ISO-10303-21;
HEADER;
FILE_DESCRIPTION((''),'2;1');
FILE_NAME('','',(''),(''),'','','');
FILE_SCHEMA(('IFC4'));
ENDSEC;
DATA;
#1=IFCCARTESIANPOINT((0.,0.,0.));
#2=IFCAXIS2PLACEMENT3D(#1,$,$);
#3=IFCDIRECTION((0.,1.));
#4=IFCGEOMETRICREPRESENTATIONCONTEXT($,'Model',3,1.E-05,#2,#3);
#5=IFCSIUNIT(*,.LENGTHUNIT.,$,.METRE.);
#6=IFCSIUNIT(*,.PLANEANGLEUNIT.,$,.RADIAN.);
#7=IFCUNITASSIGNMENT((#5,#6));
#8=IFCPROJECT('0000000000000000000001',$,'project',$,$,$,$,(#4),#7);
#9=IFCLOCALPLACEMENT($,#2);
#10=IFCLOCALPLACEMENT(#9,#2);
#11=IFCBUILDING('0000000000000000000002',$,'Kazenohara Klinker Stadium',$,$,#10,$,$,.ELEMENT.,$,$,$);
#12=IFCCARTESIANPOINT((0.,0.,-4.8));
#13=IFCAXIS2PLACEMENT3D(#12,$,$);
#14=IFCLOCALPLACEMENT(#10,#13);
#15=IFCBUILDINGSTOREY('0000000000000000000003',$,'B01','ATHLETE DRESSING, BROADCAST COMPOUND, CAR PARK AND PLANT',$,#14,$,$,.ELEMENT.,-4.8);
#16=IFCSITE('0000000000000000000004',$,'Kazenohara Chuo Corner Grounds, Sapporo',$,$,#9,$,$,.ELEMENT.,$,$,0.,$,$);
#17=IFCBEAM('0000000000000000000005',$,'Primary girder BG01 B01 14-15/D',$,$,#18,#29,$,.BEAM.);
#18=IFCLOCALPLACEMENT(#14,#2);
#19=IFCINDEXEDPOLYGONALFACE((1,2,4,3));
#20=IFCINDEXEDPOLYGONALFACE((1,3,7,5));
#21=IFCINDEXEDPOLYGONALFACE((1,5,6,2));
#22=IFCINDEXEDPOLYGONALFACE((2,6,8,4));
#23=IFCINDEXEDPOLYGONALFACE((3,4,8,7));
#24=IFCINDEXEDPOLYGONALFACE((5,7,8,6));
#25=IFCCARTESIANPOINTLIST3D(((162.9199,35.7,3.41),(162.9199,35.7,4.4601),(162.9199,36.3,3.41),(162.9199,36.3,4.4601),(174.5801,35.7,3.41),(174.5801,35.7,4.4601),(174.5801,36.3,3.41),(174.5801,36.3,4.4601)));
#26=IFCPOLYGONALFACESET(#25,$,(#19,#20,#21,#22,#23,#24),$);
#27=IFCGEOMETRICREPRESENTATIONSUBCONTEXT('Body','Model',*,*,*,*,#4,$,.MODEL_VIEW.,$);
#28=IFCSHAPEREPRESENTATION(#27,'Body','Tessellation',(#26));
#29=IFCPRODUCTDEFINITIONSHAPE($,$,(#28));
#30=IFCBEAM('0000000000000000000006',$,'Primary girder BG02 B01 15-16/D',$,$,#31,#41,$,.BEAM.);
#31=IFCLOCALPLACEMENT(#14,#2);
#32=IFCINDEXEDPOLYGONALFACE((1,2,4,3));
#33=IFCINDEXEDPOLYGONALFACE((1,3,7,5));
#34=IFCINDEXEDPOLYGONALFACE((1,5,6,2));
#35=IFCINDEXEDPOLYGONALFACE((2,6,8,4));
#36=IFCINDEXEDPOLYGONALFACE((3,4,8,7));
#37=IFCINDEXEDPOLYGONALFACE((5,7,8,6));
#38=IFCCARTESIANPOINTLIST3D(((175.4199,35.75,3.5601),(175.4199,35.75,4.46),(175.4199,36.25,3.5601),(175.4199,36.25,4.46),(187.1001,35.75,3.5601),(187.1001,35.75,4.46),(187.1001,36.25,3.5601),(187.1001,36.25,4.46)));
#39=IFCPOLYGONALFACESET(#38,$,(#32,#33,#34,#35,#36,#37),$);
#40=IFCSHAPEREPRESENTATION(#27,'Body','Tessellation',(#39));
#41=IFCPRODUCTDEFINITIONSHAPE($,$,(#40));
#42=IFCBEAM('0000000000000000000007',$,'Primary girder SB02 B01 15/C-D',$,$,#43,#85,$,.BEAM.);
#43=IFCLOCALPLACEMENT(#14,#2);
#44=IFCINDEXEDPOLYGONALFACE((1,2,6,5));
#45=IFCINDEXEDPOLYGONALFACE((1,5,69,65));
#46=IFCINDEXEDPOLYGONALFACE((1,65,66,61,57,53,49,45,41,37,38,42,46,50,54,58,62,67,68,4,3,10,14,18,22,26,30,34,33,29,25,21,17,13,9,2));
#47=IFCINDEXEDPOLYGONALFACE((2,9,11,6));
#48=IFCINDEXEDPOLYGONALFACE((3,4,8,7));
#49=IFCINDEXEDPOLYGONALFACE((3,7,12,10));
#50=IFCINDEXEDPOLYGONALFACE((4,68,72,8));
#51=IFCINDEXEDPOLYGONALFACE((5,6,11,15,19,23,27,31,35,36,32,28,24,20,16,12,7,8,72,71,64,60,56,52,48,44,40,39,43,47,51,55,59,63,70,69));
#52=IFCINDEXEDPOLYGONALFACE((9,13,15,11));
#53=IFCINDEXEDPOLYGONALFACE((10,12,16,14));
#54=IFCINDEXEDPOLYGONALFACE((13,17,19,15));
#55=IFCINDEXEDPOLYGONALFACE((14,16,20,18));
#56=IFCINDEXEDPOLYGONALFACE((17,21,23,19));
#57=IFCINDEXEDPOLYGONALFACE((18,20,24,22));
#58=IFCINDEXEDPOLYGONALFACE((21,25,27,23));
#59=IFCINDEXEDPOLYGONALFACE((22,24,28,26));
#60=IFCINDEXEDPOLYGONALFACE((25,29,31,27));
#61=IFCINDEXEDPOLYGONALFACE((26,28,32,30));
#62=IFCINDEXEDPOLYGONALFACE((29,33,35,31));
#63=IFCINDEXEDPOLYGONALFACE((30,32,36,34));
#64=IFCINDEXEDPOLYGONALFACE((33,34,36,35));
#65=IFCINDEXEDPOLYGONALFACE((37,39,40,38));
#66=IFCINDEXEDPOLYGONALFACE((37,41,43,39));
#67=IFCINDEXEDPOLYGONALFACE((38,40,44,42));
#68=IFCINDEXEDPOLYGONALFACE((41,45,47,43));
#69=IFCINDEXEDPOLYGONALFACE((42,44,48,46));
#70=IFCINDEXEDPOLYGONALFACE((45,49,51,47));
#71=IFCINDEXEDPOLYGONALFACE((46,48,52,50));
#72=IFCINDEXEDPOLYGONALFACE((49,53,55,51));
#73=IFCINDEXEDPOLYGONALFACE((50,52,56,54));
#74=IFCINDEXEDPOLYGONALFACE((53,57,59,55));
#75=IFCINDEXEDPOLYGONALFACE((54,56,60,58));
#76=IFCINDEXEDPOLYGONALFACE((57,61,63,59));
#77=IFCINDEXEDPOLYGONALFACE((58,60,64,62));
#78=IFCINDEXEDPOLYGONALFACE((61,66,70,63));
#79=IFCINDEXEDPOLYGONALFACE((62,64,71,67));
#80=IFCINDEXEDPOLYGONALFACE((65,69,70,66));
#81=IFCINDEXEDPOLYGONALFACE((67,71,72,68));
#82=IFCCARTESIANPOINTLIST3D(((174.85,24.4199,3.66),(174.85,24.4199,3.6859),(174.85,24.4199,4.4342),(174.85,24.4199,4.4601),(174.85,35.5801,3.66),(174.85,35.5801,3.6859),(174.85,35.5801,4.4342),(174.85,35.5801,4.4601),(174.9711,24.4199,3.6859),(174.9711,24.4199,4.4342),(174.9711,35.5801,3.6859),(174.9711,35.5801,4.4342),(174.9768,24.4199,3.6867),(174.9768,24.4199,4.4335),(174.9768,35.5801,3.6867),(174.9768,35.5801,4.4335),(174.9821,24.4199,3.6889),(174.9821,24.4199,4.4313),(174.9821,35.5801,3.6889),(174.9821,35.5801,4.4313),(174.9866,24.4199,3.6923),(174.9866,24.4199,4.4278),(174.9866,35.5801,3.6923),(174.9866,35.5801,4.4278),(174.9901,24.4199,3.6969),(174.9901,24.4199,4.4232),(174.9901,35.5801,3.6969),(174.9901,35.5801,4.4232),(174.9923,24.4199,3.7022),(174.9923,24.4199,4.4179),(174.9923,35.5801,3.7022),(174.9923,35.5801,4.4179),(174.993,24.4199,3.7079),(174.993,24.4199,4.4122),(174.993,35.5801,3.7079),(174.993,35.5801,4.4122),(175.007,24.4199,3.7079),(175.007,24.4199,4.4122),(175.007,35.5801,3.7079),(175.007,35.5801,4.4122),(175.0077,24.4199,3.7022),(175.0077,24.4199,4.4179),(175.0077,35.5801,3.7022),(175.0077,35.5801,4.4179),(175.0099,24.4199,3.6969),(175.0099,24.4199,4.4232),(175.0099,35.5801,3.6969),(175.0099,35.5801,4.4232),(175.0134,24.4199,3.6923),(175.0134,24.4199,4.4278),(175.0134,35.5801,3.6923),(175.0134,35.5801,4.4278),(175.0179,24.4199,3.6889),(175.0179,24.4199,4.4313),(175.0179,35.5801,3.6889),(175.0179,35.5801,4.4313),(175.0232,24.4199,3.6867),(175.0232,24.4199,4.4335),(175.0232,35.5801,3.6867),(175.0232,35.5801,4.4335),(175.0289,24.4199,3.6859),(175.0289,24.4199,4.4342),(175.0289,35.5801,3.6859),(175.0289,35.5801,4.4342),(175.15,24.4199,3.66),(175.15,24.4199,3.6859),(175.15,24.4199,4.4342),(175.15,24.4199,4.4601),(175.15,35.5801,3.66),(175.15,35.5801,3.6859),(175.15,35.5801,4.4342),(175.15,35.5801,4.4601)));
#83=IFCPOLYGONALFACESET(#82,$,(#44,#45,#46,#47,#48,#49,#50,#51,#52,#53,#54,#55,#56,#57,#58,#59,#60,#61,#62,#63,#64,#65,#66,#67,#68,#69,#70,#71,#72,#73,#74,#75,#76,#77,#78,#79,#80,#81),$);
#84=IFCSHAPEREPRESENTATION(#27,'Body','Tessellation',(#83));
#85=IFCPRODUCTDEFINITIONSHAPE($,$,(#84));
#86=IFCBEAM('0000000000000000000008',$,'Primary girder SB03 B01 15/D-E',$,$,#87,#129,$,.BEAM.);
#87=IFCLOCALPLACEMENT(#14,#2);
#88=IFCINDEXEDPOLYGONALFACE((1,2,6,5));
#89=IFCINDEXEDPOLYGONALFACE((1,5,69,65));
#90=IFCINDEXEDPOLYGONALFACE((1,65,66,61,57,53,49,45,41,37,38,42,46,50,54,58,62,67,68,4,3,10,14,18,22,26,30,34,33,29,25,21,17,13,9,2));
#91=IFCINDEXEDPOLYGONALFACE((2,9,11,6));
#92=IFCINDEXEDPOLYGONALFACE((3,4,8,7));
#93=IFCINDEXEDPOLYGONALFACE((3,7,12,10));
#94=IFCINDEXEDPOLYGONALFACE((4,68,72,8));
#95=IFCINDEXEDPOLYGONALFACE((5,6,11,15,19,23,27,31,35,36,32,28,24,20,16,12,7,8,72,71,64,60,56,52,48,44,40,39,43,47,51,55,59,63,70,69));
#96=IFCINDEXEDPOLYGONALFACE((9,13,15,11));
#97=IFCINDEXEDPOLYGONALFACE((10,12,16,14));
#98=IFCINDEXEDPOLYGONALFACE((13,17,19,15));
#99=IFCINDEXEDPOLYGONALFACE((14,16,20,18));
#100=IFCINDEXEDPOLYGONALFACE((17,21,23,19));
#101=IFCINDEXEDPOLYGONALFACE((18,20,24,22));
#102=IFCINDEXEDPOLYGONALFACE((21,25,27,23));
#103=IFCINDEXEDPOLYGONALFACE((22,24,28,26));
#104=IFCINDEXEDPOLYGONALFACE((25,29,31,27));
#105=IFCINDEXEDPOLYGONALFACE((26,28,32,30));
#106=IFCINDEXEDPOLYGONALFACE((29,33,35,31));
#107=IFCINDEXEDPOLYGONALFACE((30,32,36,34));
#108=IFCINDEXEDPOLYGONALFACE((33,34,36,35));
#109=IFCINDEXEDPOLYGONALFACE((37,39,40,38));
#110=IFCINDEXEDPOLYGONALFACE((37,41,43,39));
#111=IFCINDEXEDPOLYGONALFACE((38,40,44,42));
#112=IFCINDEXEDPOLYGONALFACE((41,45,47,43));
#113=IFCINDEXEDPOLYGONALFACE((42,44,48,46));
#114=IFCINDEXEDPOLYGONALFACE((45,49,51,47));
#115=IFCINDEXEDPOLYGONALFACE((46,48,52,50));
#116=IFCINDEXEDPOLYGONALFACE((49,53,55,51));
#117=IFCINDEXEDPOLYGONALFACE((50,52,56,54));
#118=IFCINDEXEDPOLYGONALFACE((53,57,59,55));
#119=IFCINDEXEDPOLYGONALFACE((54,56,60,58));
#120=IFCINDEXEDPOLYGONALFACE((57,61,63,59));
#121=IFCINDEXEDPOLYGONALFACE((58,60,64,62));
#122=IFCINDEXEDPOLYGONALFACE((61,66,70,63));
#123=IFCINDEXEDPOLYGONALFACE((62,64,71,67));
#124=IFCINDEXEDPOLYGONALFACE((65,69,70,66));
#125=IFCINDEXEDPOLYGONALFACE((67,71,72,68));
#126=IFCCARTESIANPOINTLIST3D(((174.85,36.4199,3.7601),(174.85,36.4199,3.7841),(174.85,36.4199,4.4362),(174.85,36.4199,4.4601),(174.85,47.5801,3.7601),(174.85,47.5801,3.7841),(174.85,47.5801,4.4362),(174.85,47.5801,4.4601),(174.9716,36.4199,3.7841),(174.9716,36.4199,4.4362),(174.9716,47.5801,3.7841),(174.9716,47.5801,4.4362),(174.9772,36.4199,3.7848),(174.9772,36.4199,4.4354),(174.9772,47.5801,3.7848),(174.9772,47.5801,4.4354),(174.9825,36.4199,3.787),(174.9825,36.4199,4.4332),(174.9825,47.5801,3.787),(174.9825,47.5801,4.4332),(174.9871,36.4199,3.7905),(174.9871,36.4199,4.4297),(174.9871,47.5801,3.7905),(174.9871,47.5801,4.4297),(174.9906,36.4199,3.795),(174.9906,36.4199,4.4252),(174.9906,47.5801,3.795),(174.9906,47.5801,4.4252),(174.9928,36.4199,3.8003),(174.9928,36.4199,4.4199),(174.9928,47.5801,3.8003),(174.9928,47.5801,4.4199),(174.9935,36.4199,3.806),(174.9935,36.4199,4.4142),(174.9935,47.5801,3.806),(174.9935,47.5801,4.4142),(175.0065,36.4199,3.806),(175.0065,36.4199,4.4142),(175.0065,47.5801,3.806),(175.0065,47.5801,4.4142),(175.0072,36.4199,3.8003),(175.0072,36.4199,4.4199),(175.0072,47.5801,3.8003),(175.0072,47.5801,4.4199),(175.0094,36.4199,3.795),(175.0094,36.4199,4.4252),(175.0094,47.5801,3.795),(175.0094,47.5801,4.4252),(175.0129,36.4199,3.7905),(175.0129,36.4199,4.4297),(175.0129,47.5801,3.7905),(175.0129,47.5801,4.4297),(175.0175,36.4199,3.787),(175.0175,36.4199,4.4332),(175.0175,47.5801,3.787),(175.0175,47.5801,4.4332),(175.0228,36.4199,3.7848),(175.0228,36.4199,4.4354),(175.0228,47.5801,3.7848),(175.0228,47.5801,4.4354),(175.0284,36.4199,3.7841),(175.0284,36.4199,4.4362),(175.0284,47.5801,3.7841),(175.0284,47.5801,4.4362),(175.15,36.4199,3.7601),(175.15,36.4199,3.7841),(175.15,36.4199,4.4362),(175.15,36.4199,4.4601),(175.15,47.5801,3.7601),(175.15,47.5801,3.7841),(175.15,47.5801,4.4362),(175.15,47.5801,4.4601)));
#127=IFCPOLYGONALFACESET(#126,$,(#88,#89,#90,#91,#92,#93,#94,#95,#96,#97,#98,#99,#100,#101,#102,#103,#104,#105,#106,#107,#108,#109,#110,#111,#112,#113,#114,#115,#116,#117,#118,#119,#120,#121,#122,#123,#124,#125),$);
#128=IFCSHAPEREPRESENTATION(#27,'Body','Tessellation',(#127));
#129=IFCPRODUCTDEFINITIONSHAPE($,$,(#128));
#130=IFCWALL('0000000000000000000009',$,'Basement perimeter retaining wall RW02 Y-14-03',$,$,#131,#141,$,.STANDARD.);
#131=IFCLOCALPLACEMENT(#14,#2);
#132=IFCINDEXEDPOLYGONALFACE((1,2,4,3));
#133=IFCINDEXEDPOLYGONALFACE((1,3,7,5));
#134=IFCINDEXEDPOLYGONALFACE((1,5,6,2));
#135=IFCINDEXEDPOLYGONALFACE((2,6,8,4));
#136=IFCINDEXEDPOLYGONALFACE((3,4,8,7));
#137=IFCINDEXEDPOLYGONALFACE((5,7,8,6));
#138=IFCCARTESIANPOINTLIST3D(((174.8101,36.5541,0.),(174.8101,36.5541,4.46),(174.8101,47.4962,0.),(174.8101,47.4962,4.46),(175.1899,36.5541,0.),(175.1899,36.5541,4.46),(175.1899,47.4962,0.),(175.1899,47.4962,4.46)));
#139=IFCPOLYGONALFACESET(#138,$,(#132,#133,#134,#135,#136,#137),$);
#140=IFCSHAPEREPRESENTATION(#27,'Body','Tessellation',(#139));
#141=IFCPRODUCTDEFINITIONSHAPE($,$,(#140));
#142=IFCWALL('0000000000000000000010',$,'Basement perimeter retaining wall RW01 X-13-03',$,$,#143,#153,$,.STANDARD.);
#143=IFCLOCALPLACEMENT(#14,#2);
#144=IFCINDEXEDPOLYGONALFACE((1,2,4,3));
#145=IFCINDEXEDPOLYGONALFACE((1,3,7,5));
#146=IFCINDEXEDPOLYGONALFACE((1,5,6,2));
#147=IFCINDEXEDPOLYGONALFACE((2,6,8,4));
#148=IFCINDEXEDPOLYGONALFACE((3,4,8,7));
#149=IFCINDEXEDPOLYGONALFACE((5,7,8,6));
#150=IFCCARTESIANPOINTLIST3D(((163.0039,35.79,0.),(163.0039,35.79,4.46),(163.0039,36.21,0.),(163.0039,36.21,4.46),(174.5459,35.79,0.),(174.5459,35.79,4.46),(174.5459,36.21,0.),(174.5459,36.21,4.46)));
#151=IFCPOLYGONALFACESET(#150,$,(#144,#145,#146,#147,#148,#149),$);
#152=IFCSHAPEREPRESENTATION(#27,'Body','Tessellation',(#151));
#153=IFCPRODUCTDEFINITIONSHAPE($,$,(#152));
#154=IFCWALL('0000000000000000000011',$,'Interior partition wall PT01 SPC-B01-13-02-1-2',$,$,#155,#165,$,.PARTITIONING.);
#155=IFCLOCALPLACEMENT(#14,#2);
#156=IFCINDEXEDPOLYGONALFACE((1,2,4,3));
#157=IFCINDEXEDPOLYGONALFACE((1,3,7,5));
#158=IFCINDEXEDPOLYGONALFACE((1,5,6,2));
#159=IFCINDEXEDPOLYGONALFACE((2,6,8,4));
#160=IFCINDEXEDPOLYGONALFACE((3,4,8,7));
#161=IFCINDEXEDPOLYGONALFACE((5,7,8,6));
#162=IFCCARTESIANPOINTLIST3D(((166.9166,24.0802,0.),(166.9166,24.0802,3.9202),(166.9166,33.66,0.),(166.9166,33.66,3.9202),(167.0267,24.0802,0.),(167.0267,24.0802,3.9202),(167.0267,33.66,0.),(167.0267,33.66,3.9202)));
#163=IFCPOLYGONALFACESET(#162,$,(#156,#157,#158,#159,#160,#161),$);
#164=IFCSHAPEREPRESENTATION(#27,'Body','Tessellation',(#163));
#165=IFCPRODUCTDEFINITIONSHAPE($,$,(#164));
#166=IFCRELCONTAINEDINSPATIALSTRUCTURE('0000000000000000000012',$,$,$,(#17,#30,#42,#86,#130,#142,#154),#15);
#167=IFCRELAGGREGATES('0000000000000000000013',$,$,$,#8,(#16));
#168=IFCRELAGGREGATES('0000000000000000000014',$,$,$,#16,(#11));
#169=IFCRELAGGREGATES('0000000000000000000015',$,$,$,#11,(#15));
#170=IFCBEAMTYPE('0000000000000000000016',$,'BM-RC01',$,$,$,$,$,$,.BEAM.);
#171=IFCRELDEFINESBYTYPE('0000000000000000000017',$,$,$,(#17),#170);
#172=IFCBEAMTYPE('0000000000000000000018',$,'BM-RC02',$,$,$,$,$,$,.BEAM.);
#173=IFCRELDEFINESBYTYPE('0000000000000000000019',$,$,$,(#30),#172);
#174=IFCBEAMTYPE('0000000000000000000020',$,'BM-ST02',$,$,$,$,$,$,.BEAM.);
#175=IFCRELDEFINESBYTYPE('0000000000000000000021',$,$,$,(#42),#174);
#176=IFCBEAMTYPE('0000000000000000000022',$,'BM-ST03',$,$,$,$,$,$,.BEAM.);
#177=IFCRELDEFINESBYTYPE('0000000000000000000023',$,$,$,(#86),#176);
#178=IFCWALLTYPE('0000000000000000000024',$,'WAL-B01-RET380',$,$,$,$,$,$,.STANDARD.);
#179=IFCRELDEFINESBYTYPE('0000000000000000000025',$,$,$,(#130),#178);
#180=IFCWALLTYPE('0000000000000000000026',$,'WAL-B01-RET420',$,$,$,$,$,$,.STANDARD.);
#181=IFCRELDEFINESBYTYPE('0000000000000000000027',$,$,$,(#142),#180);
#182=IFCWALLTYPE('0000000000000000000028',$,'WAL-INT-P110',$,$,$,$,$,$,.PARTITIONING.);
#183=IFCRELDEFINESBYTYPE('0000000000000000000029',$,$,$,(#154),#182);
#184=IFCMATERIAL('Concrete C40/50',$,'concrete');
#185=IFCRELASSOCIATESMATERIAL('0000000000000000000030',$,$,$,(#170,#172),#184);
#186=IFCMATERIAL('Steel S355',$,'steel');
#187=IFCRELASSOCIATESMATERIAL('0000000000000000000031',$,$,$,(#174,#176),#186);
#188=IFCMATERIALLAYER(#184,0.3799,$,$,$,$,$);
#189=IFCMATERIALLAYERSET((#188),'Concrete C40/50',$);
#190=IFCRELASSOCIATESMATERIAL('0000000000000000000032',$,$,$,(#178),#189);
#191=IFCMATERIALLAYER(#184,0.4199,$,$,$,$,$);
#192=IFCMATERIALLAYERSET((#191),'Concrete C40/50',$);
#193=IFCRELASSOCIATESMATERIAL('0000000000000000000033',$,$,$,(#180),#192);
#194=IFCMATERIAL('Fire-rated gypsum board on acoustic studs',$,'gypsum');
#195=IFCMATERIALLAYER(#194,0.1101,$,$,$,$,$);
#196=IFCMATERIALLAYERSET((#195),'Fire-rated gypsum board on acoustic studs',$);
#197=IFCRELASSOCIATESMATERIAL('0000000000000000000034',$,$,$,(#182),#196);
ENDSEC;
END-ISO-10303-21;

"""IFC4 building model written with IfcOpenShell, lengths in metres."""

from ifc_helpers import new_model, si_unit, direction, frame, frame_2d, origin, origin_2d, place, context, subcontext, project, spatial, rectangle, i_section, extrude, material, layer, layer_set, material_profile, profile_set, type_object, element, save


model = new_model("IFC4")

# Units and contexts
model_context = context("Model", 3, precision=1e-05, world=origin(), true_north=direction((0.0, 1.0)))
body_context = subcontext(model_context, "Body", "Model", "MODEL_VIEW")
ifc_project = project(units=[si_unit("LENGTHUNIT", "METRE"), si_unit("PLANEANGLEUNIT", "RADIAN")], contexts=[model_context])

# Site, building, storey
site_placement = place(None, origin())
site = spatial("IfcSite", under=ifc_project, at=site_placement, Name="Kazenohara Chuo Corner Grounds, Sapporo", CompositionType="ELEMENT", RefElevation=0.0)
building_placement = place(site_placement, origin())
building = spatial("IfcBuilding", under=site, at=building_placement, Name="Kazenohara Klinker Stadium", CompositionType="ELEMENT")
storey_placement = place(building_placement, frame((0.0, 0.0, -4.8)))
storey = spatial("IfcBuildingStorey", under=building, at=storey_placement, Name="B01", Description="ATHLETE DRESSING, BROADCAST COMPOUND, CAR PARK AND PLANT", CompositionType="ELEMENT", Elevation=-4.8)

# Shared definitions
ifc_material_1 = material(Name="Concrete C40/50", Category="concrete")

# Beams
ifc_material_2 = material(Name="Steel S355", Category="steel")
ifc_material_profile_1 = material_profile(ifc_material_1, rectangle(XDim=0.6001, YDim=1.05, at=origin_2d()), Name="RC-BM-600x1050")
ifc_profile_set_1 = profile_set([ifc_material_profile_1], Name="Concrete C40/50")
beam_type_1 = type_object("IfcBeamType", Name="BM-RC01", PredefinedType="BEAM", material=ifc_profile_set_1)
beam_1_placement = place(storey_placement, frame((162.9199, 36.0, 3.9351), z_axis=(1.0, 0.0, 0.0), x_axis=(0.0, 1.0, 0.0)))
element("IfcBeam", 1, at=beam_1_placement, inside=storey, type_object=beam_type_1, Name="Primary girder BG01 B01 14-15/D", PredefinedType="BEAM", context=body_context, shape_type="SweptSolid", body=[
    extrude(rectangle(XDim=0.6001, YDim=1.05, at=origin_2d()), origin(), (0.0, 0.0, 1.0), 11.6602),
])
ifc_material_profile_2 = material_profile(ifc_material_1, rectangle(XDim=0.5, YDim=0.8999, at=origin_2d()), Name="RC-BM-500x900")
ifc_profile_set_2 = profile_set([ifc_material_profile_2], Name="Concrete C40/50")
beam_type_2 = type_object("IfcBeamType", Name="BM-RC02", PredefinedType="BEAM", material=ifc_profile_set_2)
beam_2_placement = place(storey_placement, frame((175.4199, 36.0, 4.01), z_axis=(1.0, 0.0, 0.0), x_axis=(0.0, 1.0, 0.0)))
element("IfcBeam", 2, at=beam_2_placement, inside=storey, type_object=beam_type_2, Name="Primary girder BG02 B01 15-16/D", PredefinedType="BEAM", context=body_context, shape_type="SweptSolid", body=[
    extrude(rectangle(XDim=0.5, YDim=0.8999, at=origin_2d()), origin(), (0.0, 0.0, 1.0), 11.6802),
])
ifc_material_profile_3 = material_profile(ifc_material_2, i_section(OverallWidth=0.3, OverallDepth=0.8, WebThickness=0.0139, FlangeThickness=0.0259, FilletRadius=0.022, at=origin_2d()), Name="H-800x300x14x26")
ifc_profile_set_3 = profile_set([ifc_material_profile_3], Name="Steel S355")
beam_type_3 = type_object("IfcBeamType", Name="BM-ST02", PredefinedType="BEAM", material=ifc_profile_set_3)
beam_3_placement = place(storey_placement, frame((175.0, 24.4199, 4.0601), z_axis=(0.0, 1.0, 0.0), x_axis=(-1.0, 0.0, 0.0)))
element("IfcBeam", 3, at=beam_3_placement, inside=storey, type_object=beam_type_3, Name="Primary girder SB02 B01 15/C-D", PredefinedType="BEAM", context=body_context, shape_type="SweptSolid", body=[
    extrude(i_section(OverallWidth=0.3, OverallDepth=0.8, WebThickness=0.0139, FlangeThickness=0.0259, FilletRadius=0.022, at=origin_2d()), origin(), (0.0, 0.0, 1.0), 11.1602),
])
ifc_material_profile_4 = material_profile(ifc_material_2, i_section(OverallWidth=0.3, OverallDepth=0.7, WebThickness=0.0129, FlangeThickness=0.0239, FilletRadius=0.022, at=origin_2d()), Name="H-700x300x13x24")
ifc_profile_set_4 = profile_set([ifc_material_profile_4], Name="Steel S355")
beam_type_4 = type_object("IfcBeamType", Name="BM-ST03", PredefinedType="BEAM", material=ifc_profile_set_4)
beam_4_placement = place(storey_placement, frame((175.0, 36.4199, 4.1101), z_axis=(0.0, 1.0, 0.0), x_axis=(-1.0, 0.0, 0.0)))
element("IfcBeam", 4, at=beam_4_placement, inside=storey, type_object=beam_type_4, Name="Primary girder SB03 B01 15/D-E", PredefinedType="BEAM", context=body_context, shape_type="SweptSolid", body=[
    extrude(i_section(OverallWidth=0.3, OverallDepth=0.7, WebThickness=0.0129, FlangeThickness=0.0239, FilletRadius=0.022, at=origin_2d()), origin(), (0.0, 0.0, 1.0), 11.1602),
])

# Walls
ifc_layer_1 = layer(ifc_material_1, 0.3799)
ifc_layer_set_1 = layer_set([ifc_layer_1], Name="Concrete C40/50")
wall_type_1 = type_object("IfcWallType", Name="WAL-B01-RET380", PredefinedType="STANDARD", material=ifc_layer_set_1)
wall_1_placement = place(storey_placement, frame((175.0, 36.554, 0.0), z_axis=(0.0, 0.0, 1.0), x_axis=(0.0, 1.0, 0.0)))
element("IfcWall", 5, at=wall_1_placement, inside=storey, type_object=wall_type_1, Name="Basement perimeter retaining wall RW02 Y-14-03", PredefinedType="STANDARD", context=body_context, shape_type="SweptSolid", body=[
    extrude(rectangle(XDim=10.9421, YDim=0.3799, at=frame_2d((5.4712, 0.0))), origin(), (0.0, 0.0, 1.0), 4.46),
])
ifc_layer_2 = layer(ifc_material_1, 0.4199)
ifc_layer_set_2 = layer_set([ifc_layer_2], Name="Concrete C40/50")
wall_type_2 = type_object("IfcWallType", Name="WAL-B01-RET420", PredefinedType="STANDARD", material=ifc_layer_set_2)
wall_2_placement = place(storey_placement, frame((163.0039, 36.0, 0.0), z_axis=(0.0, 0.0, 1.0), x_axis=(1.0, 0.0, 0.0)))
element("IfcWall", 6, at=wall_2_placement, inside=storey, type_object=wall_type_2, Name="Basement perimeter retaining wall RW01 X-13-03", PredefinedType="STANDARD", context=body_context, shape_type="SweptSolid", body=[
    extrude(rectangle(XDim=11.542, YDim=0.4199, at=frame_2d((5.771, 0.0))), origin(), (0.0, 0.0, 1.0), 4.46),
])
ifc_material_3 = material(Name="Fire-rated gypsum board on acoustic studs", Category="gypsum")
ifc_layer_3 = layer(ifc_material_3, 0.1101)
ifc_layer_set_3 = layer_set([ifc_layer_3], Name="Fire-rated gypsum board on acoustic studs")
wall_type_3 = type_object("IfcWallType", Name="WAL-INT-P110", PredefinedType="PARTITIONING", material=ifc_layer_set_3)
wall_3_placement = place(storey_placement, frame((166.9717, 24.0801, 0.0), z_axis=(0.0, 0.0, 1.0), x_axis=(0.0, 1.0, 0.0)))
element("IfcWall", 7, at=wall_3_placement, inside=storey, type_object=wall_type_3, Name="Interior partition wall PT01 SPC-B01-13-02-1-2", PredefinedType="PARTITIONING", context=body_context, shape_type="SweptSolid", body=[
    extrude(rectangle(XDim=9.5798, YDim=0.1101, at=frame_2d((4.79, 0.0))), origin(), (0.0, 0.0, 1.0), 3.9202),
])

save(model, "model.ifc")
